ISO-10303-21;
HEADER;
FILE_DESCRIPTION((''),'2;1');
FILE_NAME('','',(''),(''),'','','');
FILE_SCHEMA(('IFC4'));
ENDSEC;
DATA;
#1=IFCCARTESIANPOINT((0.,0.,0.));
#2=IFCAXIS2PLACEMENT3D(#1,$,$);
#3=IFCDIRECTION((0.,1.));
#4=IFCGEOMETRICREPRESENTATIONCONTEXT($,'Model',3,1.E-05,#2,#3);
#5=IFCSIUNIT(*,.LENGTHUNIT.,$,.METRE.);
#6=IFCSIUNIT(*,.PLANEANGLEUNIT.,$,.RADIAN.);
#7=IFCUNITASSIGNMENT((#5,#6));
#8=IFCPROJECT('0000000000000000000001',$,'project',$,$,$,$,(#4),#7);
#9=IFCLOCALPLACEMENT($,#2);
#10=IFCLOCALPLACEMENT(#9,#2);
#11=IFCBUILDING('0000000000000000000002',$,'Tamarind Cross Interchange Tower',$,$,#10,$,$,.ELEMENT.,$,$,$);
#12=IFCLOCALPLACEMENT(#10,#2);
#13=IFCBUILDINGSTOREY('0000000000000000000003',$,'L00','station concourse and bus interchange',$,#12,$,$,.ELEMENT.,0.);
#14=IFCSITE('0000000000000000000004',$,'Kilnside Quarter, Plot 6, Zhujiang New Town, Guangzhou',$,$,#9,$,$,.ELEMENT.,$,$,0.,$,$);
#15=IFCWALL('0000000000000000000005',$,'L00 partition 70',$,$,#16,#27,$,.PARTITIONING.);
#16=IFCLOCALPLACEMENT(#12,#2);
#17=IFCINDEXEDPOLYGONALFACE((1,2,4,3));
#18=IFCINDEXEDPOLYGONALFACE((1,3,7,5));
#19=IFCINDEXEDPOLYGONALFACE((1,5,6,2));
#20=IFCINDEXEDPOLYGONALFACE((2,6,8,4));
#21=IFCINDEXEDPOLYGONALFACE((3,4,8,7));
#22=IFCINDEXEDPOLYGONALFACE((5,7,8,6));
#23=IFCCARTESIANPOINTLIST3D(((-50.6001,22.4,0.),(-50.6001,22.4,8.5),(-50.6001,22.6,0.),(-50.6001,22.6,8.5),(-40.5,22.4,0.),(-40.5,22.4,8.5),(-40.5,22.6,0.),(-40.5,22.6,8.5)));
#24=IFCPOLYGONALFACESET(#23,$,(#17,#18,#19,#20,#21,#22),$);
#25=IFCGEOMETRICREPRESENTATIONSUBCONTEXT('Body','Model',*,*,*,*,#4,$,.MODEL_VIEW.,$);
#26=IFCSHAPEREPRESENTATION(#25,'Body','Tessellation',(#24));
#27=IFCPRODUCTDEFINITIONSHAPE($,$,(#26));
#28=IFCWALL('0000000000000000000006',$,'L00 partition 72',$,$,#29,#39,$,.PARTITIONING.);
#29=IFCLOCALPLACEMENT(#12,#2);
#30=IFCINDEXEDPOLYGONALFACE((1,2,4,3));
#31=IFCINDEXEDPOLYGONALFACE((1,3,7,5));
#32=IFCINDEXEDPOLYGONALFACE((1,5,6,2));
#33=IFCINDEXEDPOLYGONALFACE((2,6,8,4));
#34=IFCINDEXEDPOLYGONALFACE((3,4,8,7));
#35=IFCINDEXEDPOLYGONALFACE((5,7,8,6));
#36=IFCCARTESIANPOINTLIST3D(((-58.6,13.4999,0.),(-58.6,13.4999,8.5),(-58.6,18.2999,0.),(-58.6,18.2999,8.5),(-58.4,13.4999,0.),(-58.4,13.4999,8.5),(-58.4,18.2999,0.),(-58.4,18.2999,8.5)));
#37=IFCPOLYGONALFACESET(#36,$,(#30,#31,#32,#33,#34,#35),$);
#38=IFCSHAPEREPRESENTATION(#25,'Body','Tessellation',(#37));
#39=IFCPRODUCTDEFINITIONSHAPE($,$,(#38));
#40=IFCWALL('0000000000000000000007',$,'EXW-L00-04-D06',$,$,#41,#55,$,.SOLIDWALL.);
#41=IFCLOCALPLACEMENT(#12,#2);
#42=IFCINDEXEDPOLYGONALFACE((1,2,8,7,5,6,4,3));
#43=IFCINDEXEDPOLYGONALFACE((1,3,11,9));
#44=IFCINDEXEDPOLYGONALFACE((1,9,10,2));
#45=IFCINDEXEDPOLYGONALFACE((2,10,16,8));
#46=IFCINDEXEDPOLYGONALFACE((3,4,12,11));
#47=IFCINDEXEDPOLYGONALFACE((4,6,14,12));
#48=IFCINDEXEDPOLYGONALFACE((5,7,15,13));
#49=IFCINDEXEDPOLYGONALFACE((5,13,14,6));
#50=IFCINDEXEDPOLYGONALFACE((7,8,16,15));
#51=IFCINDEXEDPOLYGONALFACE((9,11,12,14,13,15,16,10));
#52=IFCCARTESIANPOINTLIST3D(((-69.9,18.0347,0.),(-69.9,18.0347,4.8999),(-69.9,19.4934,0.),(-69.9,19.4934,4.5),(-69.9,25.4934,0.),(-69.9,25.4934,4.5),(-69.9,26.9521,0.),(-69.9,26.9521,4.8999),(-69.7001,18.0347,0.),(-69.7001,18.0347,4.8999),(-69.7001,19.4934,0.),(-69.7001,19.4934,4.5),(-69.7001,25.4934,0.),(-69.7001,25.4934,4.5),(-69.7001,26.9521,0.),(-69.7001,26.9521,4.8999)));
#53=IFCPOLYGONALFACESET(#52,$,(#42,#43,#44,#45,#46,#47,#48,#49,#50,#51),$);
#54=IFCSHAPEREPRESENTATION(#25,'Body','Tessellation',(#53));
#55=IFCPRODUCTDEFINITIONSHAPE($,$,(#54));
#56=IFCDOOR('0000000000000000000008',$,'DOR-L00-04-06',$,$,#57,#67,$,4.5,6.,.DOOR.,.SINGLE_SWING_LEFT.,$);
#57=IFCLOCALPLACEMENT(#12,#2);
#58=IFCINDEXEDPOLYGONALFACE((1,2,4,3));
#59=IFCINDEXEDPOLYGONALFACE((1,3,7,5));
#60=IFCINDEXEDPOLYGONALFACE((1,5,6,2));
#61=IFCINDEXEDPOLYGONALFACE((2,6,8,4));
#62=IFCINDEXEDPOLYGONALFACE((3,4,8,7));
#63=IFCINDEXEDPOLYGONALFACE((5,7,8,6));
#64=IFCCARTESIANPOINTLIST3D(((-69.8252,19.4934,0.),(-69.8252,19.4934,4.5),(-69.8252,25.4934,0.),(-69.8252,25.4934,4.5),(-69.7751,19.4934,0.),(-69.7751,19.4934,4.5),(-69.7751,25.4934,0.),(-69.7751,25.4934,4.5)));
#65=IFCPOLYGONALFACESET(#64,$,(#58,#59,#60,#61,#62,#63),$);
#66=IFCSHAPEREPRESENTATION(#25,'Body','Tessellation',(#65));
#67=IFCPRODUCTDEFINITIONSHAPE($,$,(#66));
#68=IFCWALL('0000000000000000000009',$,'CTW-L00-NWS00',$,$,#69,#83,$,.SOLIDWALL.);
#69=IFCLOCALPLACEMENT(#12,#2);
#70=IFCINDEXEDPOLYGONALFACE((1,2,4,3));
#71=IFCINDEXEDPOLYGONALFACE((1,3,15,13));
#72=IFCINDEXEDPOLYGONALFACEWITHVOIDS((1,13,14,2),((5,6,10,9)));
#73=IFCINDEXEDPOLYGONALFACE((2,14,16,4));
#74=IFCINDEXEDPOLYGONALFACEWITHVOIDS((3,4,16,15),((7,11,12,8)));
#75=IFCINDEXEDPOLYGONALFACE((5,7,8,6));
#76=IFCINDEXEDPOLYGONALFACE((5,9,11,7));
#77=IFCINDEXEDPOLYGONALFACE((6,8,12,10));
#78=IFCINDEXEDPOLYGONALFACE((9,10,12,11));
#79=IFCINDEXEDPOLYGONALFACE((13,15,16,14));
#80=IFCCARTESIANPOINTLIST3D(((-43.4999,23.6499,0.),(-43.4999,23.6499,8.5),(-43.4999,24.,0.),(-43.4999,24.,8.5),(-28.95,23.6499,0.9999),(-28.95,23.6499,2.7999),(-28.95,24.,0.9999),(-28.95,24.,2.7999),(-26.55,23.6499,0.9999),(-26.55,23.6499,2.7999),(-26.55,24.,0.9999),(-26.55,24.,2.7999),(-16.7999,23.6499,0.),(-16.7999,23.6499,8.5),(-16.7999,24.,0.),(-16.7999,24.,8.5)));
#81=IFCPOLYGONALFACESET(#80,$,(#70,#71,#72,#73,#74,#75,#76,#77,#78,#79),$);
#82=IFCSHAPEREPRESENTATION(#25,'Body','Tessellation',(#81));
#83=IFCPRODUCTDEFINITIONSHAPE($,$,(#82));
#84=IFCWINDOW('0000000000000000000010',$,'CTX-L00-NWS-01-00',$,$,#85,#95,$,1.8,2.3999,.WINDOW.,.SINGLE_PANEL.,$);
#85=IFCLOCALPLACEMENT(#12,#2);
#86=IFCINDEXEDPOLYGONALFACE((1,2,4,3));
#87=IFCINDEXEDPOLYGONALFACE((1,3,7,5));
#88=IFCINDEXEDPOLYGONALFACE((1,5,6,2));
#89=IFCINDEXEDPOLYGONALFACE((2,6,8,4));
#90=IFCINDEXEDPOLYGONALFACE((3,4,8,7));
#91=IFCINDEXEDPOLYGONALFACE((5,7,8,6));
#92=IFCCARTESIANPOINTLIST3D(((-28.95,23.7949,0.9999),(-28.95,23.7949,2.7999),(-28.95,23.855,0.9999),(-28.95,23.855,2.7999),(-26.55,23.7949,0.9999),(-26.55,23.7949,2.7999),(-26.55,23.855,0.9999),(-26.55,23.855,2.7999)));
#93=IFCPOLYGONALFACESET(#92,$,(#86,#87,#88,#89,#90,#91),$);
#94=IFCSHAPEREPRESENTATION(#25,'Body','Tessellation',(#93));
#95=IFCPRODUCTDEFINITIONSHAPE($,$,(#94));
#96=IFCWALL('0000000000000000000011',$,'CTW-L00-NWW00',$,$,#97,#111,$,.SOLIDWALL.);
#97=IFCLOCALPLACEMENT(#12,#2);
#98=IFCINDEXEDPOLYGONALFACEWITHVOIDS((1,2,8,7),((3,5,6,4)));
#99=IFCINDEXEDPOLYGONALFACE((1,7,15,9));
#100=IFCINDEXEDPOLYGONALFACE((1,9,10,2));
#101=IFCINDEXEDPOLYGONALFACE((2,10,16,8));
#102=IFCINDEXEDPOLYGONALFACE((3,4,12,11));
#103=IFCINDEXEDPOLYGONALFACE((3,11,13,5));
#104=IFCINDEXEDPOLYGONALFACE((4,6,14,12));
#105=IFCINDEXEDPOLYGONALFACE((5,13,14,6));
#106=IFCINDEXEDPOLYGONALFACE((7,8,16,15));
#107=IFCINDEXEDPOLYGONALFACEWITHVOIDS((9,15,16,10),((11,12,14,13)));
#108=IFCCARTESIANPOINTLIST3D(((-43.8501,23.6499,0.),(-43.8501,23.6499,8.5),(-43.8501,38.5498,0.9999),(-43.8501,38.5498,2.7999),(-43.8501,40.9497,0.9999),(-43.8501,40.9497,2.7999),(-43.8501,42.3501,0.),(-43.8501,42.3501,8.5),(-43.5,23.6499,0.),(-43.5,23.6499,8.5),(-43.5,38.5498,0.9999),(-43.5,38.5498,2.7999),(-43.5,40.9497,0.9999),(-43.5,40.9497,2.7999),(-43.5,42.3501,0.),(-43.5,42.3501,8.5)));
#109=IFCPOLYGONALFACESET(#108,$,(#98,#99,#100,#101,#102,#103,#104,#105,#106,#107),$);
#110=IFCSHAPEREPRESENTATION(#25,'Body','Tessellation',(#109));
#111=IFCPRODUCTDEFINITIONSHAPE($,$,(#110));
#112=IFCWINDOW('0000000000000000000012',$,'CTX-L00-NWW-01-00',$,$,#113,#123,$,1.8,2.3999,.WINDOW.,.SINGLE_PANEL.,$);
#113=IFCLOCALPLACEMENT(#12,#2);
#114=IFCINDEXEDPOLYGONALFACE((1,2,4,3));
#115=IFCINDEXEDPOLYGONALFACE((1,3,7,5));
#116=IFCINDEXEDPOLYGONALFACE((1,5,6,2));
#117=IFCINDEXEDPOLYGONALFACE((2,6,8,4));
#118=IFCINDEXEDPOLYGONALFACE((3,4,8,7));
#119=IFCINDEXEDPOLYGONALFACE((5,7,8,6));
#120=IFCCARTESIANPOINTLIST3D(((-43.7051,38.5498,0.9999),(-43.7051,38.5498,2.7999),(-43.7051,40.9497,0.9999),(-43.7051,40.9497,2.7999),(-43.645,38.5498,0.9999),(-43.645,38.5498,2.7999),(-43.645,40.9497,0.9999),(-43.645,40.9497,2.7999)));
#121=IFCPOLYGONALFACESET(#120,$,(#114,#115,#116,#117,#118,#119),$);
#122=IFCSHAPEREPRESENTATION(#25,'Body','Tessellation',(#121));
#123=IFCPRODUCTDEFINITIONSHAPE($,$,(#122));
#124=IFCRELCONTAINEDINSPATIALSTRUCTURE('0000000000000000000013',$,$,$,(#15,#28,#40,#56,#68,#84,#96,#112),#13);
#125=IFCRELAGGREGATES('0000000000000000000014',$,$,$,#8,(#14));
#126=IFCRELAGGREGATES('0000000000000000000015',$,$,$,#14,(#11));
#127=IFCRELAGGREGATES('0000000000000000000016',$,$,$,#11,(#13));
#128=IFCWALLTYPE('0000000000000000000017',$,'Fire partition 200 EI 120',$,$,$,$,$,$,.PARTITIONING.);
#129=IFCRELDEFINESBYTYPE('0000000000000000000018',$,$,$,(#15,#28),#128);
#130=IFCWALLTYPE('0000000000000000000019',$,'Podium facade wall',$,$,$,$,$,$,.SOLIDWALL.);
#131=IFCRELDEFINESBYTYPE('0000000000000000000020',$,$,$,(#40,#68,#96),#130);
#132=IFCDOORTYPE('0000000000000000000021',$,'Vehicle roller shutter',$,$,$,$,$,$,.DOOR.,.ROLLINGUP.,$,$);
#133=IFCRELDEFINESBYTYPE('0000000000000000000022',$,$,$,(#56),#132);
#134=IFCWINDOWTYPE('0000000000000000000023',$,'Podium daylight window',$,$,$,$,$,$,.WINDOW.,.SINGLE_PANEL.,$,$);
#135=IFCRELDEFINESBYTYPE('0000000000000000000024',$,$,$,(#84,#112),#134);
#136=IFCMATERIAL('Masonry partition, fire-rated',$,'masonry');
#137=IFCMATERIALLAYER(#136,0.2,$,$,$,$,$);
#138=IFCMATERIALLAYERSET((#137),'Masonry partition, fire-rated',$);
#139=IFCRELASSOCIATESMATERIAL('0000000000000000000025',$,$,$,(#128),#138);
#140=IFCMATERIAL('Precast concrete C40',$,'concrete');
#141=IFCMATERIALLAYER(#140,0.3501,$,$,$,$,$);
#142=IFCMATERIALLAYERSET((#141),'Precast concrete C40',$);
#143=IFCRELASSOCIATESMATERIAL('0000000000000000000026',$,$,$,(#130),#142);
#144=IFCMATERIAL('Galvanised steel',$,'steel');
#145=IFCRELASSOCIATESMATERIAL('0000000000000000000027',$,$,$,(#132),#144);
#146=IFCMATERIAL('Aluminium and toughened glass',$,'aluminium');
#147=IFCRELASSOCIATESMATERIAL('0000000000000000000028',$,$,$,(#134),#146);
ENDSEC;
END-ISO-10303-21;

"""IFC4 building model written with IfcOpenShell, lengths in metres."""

from ifc_helpers import new_model, si_unit, direction, frame, frame_2d, origin, place, context, subcontext, project, spatial, rectangle, extrude, material, layer, layer_set, type_object, element, fill, save


model = new_model("IFC4")

# Units and contexts
model_context = context("Model", 3, precision=1e-05, world=origin(), true_north=direction((0.0, 1.0)))
body_context = subcontext(model_context, "Body", "Model", "MODEL_VIEW")
ifc_project = project(units=[si_unit("LENGTHUNIT", "METRE"), si_unit("PLANEANGLEUNIT", "RADIAN")], contexts=[model_context])

# Site, building, storey
site_placement = place(None, origin())
site = spatial("IfcSite", under=ifc_project, at=site_placement, Name="Kilnside Quarter, Plot 6, Zhujiang New Town, Guangzhou", CompositionType="ELEMENT", RefElevation=0.0)
building_placement = place(site_placement, origin())
building = spatial("IfcBuilding", under=site, at=building_placement, Name="Tamarind Cross Interchange Tower", CompositionType="ELEMENT")
storey_placement = place(building_placement, origin())
storey = spatial("IfcBuildingStorey", under=building, at=storey_placement, Name="L00", Description="station concourse and bus interchange", CompositionType="ELEMENT", Elevation=0.0)

# Shared definitions
ifc_material_1 = material(Name="Masonry partition, fire-rated", Category="masonry")
ifc_layer_1 = layer(ifc_material_1, 0.2)
ifc_layer_set_1 = layer_set([ifc_layer_1], Name="Masonry partition, fire-rated")
wall_type_1 = type_object("IfcWallType", Name="Fire partition 200 EI 120", PredefinedType="PARTITIONING", material=ifc_layer_set_1)

# Walls
wall_1_placement = place(storey_placement, frame((-50.6001, 22.5, 0.0), z_axis=(0.0, 0.0, 1.0), x_axis=(1.0, 0.0, 0.0)))
element("IfcWall", 1, at=wall_1_placement, inside=storey, type_object=wall_type_1, Name="L00 partition 70", PredefinedType="PARTITIONING", context=body_context, shape_type="SweptSolid", body=[
    extrude(rectangle(XDim=10.1001, YDim=0.2, at=frame_2d((5.05, 0.0))), origin(), (0.0, 0.0, 1.0), 8.5),
])
wall_2_placement = place(storey_placement, frame((-58.5, 13.5, 0.0), z_axis=(0.0, 0.0, 1.0), x_axis=(0.0, 1.0, 0.0)))
element("IfcWall", 2, at=wall_2_placement, inside=storey, type_object=wall_type_1, Name="L00 partition 72", PredefinedType="PARTITIONING", context=body_context, shape_type="SweptSolid", body=[
    extrude(rectangle(XDim=4.8, YDim=0.2, at=frame_2d((2.3999, 0.0))), origin(), (0.0, 0.0, 1.0), 8.5),
])

# Wall, opening, door
ifc_material_2 = material(Name="Precast concrete C40", Category="concrete")
ifc_layer_2 = layer(ifc_material_2, 0.3501)
ifc_layer_set_2 = layer_set([ifc_layer_2], Name="Precast concrete C40")
wall_type_2 = type_object("IfcWallType", Name="Podium facade wall", PredefinedType="SOLIDWALL", material=ifc_layer_set_2)
wall_3_placement = place(storey_placement, frame((-69.8, 26.9521, 0.0), z_axis=(0.0, 0.0, 1.0), x_axis=(0.0, -1.0, 0.0)))
wall_3 = element("IfcWall", 3, at=wall_3_placement, inside=storey, type_object=wall_type_2, Name="EXW-L00-04-D06", PredefinedType="SOLIDWALL", context=body_context, shape_type="SweptSolid", body=[
    extrude(rectangle(XDim=8.9175, YDim=0.2, at=frame_2d((4.4587, 0.0))), origin(), (0.0, 0.0, 1.0), 4.8999),
])
opening_1_placement = place(wall_3_placement, frame((1.4587, 0.0, 0.0)))
opening_1 = element("IfcOpeningElement", 4, at=opening_1_placement, cuts=wall_3, PredefinedType="OPENING", context=body_context, shape_type="SweptSolid", body=[
    extrude(rectangle(XDim=6.0, YDim=4.5, at=frame_2d((3.0, 2.25))), frame((0.0, 0.1099, 0.0), z_axis=(0.0, -1.0, 0.0), x_axis=(1.0, 0.0, 0.0)), (0.0, 0.0, 1.0), 0.22),
])
ifc_material_3 = material(Name="Galvanised steel", Category="steel")
door_type_1 = type_object("IfcDoorType", Name="Vehicle roller shutter", OperationType="ROLLINGUP", PredefinedType="DOOR", material=ifc_material_3)
door_1_placement = place(opening_1_placement, origin())
door_1 = element("IfcDoor", 5, at=door_1_placement, inside=storey, type_object=door_type_1, Name="DOR-L00-04-06", OperationType="SINGLE_SWING_LEFT", OverallHeight=4.5, OverallWidth=6.0, PredefinedType="DOOR", context=body_context, shape_type="SweptSolid", body=[
    extrude(rectangle(XDim=6.0, YDim=4.5, at=frame_2d((3.0, 2.25))), frame((0.0, 0.0249, 0.0), z_axis=(0.0, -1.0, 0.0), x_axis=(1.0, 0.0, 0.0)), (0.0, 0.0, 1.0), 0.05),
])
fill(opening_1, door_1)

# Walls, openings, windows
wall_4_placement = place(storey_placement, frame((-43.5, 23.825, 0.0), z_axis=(0.0, 0.0, 1.0), x_axis=(1.0, 0.0, 0.0)))
wall_4 = element("IfcWall", 6, at=wall_4_placement, inside=storey, type_object=wall_type_2, Name="CTW-L00-NWS00", PredefinedType="SOLIDWALL", context=body_context, shape_type="SweptSolid", body=[
    extrude(rectangle(XDim=26.7, YDim=0.3501, at=frame_2d((13.3501, 0.0))), origin(), (0.0, 0.0, 1.0), 8.5),
])
opening_2_placement = place(wall_4_placement, frame((14.55, 0.0, 1.0)))
opening_2 = element("IfcOpeningElement", 7, at=opening_2_placement, cuts=wall_4, PredefinedType="OPENING", context=body_context, shape_type="SweptSolid", body=[
    extrude(rectangle(XDim=2.3999, YDim=1.8, at=frame_2d((1.2, 0.8999))), frame((0.0, 0.1851, 0.0), z_axis=(0.0, -1.0, 0.0), x_axis=(1.0, 0.0, 0.0)), (0.0, 0.0, 1.0), 0.3701),
])
ifc_material_4 = material(Name="Aluminium and toughened glass", Category="aluminium")
window_type = type_object("IfcWindowType", Name="Podium daylight window", PartitioningType="SINGLE_PANEL", PredefinedType="WINDOW", material=ifc_material_4)
window_1_placement = place(opening_2_placement, origin())
window_1 = element("IfcWindow", 8, at=window_1_placement, inside=storey, type_object=window_type, Name="CTX-L00-NWS-01-00", OverallHeight=1.8, OverallWidth=2.3999, PartitioningType="SINGLE_PANEL", PredefinedType="WINDOW", context=body_context, shape_type="SweptSolid", body=[
    extrude(rectangle(XDim=2.3999, YDim=1.8, at=frame_2d((1.2, 0.8999))), frame((0.0, 0.03, 0.0), z_axis=(0.0, -1.0, 0.0), x_axis=(1.0, 0.0, 0.0)), (0.0, 0.0, 1.0), 0.0601),
])
fill(opening_2, window_1)
wall_5_placement = place(storey_placement, frame((-43.675, 23.6499, 0.0), z_axis=(0.0, 0.0, 1.0), x_axis=(0.0, 1.0, 0.0)))
wall_5 = element("IfcWall", 9, at=wall_5_placement, inside=storey, type_object=wall_type_2, Name="CTW-L00-NWW00", PredefinedType="SOLIDWALL", context=body_context, shape_type="SweptSolid", body=[
    extrude(rectangle(XDim=18.7002, YDim=0.3501, at=frame_2d((9.3501, 0.0))), origin(), (0.0, 0.0, 1.0), 8.5),
])
opening_3_placement = place(wall_5_placement, frame((14.8999, 0.0, 1.0)))
opening_3 = element("IfcOpeningElement", 10, at=opening_3_placement, cuts=wall_5, PredefinedType="OPENING", context=body_context, shape_type="SweptSolid", body=[
    extrude(rectangle(XDim=2.3999, YDim=1.8, at=frame_2d((1.2, 0.8999))), frame((0.0, 0.1851, 0.0), z_axis=(0.0, -1.0, 0.0), x_axis=(1.0, 0.0, 0.0)), (0.0, 0.0, 1.0), 0.3701),
])
window_2_placement = place(opening_3_placement, origin())
window_2 = element("IfcWindow", 11, at=window_2_placement, inside=storey, type_object=window_type, Name="CTX-L00-NWW-01-00", OverallHeight=1.8, OverallWidth=2.3999, PartitioningType="SINGLE_PANEL", PredefinedType="WINDOW", context=body_context, shape_type="SweptSolid", body=[
    extrude(rectangle(XDim=2.3999, YDim=1.8, at=frame_2d((1.2, 0.8999))), frame((0.0, 0.03, 0.0), z_axis=(0.0, -1.0, 0.0), x_axis=(1.0, 0.0, 0.0)), (0.0, 0.0, 1.0), 0.0601),
])
fill(opening_3, window_2)

save(model, "model.ifc")
